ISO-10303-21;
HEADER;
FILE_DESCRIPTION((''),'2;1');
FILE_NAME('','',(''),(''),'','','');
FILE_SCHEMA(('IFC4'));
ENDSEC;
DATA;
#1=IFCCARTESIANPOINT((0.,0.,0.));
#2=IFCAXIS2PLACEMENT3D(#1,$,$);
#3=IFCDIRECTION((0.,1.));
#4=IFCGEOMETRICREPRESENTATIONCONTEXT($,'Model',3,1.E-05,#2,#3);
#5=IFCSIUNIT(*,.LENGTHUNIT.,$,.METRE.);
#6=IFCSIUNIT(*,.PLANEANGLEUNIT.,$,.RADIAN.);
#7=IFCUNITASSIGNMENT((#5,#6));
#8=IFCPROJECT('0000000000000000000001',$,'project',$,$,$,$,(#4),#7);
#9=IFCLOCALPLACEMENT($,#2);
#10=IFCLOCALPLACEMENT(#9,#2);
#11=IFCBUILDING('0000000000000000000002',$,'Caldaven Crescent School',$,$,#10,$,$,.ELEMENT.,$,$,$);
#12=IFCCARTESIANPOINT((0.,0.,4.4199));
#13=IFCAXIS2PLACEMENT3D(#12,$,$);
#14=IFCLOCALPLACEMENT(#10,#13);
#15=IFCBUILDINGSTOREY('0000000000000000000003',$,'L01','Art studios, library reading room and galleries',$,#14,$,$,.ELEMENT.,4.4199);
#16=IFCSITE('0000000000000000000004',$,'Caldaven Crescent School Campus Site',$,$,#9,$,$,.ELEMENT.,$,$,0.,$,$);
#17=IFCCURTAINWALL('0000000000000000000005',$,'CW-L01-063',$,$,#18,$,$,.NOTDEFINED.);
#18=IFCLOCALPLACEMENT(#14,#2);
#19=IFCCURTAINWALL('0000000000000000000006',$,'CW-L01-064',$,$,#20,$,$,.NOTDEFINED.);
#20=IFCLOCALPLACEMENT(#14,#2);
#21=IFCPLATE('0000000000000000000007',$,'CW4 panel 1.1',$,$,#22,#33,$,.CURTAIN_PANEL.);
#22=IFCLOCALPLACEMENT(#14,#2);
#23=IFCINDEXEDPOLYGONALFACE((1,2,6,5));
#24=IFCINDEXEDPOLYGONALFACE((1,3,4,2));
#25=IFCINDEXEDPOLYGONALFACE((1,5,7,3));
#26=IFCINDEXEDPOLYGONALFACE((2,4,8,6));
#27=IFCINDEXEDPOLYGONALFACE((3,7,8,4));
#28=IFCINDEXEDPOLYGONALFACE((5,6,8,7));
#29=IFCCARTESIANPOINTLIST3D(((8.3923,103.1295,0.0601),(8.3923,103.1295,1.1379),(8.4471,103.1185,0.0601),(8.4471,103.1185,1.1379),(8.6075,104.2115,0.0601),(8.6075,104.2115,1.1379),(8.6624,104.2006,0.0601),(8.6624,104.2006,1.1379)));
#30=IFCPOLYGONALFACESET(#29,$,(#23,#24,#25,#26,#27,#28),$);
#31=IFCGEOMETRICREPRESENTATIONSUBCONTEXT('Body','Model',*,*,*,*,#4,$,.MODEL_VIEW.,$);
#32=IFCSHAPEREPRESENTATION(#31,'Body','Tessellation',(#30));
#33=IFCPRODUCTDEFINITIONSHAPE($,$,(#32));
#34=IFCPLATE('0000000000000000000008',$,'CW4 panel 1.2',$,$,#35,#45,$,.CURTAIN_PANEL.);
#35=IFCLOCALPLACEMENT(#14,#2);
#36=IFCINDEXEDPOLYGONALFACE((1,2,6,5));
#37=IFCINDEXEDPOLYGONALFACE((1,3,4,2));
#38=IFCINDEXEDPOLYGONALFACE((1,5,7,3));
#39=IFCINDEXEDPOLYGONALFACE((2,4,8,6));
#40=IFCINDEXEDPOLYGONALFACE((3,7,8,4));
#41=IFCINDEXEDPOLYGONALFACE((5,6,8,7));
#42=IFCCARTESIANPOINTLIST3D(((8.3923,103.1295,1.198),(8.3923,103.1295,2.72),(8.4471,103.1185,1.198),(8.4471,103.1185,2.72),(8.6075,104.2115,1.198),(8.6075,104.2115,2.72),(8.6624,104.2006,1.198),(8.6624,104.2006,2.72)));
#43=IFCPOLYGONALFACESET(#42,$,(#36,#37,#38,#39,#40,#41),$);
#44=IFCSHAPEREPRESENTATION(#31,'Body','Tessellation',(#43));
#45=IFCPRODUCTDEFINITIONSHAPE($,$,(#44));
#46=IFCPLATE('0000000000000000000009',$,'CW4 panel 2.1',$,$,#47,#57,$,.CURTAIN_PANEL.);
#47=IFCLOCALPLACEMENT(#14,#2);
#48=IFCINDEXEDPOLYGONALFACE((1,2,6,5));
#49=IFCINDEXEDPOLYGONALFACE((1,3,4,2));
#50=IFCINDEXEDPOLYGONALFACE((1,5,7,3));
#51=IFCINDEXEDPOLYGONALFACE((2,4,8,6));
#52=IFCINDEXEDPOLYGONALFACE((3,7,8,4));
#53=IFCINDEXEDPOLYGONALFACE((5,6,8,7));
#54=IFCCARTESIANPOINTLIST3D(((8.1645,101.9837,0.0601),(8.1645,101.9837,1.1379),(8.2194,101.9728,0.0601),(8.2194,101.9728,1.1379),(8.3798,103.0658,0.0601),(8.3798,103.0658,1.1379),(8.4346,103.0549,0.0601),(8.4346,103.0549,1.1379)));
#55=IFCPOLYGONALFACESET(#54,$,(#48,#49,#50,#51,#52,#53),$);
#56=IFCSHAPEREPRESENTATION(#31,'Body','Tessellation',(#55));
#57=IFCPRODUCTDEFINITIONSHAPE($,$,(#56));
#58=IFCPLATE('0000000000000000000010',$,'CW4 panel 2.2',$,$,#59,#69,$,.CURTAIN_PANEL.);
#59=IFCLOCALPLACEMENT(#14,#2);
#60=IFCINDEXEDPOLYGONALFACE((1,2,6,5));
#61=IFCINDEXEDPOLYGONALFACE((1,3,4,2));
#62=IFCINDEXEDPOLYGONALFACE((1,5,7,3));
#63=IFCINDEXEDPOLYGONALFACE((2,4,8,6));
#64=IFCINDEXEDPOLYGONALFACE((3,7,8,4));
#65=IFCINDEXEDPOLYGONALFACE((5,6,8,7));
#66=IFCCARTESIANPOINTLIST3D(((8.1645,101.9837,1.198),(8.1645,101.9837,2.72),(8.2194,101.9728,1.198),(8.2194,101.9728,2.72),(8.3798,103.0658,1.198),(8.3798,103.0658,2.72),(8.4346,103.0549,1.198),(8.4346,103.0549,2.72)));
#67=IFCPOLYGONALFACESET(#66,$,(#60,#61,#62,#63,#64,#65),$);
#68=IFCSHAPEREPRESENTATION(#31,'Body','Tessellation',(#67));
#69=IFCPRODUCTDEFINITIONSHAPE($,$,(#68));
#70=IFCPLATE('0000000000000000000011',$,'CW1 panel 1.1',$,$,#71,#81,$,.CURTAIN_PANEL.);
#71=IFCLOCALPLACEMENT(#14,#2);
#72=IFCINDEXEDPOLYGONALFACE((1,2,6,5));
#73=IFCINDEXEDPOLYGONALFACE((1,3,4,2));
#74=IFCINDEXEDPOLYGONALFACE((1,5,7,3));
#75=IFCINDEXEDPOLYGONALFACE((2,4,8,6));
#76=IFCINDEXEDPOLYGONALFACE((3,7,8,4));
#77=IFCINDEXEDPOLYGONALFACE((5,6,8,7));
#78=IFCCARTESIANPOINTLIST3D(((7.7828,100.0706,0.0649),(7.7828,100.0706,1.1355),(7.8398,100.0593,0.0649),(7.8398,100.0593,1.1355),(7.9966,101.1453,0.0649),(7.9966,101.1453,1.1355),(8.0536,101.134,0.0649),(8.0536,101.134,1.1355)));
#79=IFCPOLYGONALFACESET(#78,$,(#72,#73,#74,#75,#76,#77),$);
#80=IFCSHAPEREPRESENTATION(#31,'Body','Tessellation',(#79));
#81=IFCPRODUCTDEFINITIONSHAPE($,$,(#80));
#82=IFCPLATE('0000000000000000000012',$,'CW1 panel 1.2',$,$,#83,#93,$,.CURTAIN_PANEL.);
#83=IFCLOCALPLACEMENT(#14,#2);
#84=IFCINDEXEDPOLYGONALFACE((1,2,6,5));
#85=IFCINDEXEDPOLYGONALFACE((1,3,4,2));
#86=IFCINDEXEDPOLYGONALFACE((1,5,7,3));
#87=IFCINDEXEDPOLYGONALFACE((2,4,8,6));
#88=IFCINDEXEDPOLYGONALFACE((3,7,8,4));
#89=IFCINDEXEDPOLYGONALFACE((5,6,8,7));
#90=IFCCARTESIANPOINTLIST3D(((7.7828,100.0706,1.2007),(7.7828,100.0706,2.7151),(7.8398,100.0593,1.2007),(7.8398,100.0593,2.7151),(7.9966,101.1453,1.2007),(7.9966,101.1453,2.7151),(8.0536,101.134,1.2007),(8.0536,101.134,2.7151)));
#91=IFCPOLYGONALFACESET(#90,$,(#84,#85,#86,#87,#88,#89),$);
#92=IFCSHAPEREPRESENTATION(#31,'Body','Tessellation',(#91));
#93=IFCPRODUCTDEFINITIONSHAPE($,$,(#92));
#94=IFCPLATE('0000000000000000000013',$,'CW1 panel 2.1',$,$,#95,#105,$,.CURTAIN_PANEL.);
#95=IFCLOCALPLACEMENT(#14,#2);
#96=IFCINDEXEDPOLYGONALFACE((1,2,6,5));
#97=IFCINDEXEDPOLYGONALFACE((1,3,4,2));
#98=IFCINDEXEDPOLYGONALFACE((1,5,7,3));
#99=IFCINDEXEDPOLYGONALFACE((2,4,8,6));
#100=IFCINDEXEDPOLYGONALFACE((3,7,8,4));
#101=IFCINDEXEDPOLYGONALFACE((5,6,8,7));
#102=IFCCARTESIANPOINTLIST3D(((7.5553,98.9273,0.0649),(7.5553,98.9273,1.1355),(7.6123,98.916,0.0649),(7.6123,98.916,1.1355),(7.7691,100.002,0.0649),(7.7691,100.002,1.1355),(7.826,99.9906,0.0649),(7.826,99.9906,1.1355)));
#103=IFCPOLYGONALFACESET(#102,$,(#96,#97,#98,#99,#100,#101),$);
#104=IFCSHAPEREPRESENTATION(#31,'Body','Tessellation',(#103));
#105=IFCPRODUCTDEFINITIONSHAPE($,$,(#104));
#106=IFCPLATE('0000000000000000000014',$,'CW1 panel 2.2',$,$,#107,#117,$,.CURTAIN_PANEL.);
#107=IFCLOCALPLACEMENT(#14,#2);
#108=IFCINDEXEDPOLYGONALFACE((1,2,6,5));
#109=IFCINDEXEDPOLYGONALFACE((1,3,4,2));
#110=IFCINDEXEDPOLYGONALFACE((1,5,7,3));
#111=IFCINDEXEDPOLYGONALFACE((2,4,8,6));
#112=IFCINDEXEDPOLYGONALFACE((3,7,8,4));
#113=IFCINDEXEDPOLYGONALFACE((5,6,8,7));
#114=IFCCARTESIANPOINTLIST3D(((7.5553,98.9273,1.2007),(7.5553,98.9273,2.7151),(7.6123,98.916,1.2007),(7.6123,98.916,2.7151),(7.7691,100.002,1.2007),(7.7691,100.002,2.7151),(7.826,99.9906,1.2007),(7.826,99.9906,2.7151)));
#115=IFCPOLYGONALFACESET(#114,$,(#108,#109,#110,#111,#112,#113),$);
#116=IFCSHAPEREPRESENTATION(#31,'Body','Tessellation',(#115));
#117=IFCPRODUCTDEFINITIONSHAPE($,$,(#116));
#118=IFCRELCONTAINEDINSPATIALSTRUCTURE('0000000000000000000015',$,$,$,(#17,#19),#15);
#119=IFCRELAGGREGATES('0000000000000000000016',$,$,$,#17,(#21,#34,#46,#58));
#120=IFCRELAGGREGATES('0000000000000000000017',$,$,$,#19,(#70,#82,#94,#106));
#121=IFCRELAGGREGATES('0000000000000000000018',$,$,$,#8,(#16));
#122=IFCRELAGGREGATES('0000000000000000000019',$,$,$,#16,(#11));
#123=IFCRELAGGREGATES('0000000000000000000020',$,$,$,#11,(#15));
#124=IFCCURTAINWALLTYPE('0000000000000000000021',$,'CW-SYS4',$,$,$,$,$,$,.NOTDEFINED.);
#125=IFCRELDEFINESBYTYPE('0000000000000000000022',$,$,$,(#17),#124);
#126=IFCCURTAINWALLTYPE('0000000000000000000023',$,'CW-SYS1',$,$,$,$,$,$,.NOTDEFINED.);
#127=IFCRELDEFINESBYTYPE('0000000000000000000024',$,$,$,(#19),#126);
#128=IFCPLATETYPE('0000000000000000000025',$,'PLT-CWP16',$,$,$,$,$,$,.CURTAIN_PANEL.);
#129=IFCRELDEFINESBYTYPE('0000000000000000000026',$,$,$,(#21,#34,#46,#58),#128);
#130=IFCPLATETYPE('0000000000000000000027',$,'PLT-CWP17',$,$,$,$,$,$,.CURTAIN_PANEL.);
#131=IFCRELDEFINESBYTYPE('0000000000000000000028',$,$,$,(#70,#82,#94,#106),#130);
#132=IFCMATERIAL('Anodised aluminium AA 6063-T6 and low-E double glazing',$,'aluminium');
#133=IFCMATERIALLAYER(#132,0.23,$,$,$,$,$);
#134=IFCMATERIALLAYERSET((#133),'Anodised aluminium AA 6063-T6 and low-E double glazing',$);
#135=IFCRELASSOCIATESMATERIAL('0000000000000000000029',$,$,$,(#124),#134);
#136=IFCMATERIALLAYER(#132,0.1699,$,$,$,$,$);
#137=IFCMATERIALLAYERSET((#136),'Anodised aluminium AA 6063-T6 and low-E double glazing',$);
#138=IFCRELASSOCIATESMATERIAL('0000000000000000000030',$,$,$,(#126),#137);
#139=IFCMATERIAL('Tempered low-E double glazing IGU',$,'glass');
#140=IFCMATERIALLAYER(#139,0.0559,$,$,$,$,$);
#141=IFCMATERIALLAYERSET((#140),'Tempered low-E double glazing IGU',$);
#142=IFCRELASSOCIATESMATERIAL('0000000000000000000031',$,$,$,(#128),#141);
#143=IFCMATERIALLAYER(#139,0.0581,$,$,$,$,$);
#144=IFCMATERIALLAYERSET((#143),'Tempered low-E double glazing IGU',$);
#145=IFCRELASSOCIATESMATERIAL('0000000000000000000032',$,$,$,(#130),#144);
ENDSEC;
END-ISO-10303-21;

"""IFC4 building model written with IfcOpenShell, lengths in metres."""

from ifc_helpers import new_model, si_unit, direction, frame, origin, origin_2d, place, context, subcontext, project, spatial, rectangle, extrude, material, layer, layer_set, type_object, element, aggregate, save


model = new_model("IFC4")

# Units and contexts
model_context = context("Model", 3, precision=1e-05, world=origin(), true_north=direction((0.0, 1.0)))
body_context = subcontext(model_context, "Body", "Model", "MODEL_VIEW")
ifc_project = project(units=[si_unit("LENGTHUNIT", "METRE"), si_unit("PLANEANGLEUNIT", "RADIAN")], contexts=[model_context])

# Site, building, storey
site_placement = place(None, origin())
site = spatial("IfcSite", under=ifc_project, at=site_placement, Name="Caldaven Crescent School Campus Site", CompositionType="ELEMENT", RefElevation=0.0)
building_placement = place(site_placement, origin())
building = spatial("IfcBuilding", under=site, at=building_placement, Name="Caldaven Crescent School", CompositionType="ELEMENT")
storey_placement = place(building_placement, frame((0.0, 0.0, 4.4199)))
storey = spatial("IfcBuildingStorey", under=building, at=storey_placement, Name="L01", Description="Art studios, library reading room and galleries", CompositionType="ELEMENT", Elevation=4.4199)

# Curtain walls
ifc_material_1 = material(Name="Anodised aluminium AA 6063-T6 and low-E double glazing", Category="aluminium")
ifc_layer_1 = layer(ifc_material_1, 0.23)
ifc_layer_set_1 = layer_set([ifc_layer_1], Name="Anodised aluminium AA 6063-T6 and low-E double glazing")
curtain_wall_type_1 = type_object("IfcCurtainWallType", Name="CW-SYS4", PredefinedType="NOTDEFINED", material=ifc_layer_set_1)
curtain_wall_1_placement = place(storey_placement, origin())
curtain_wall_1 = element("IfcCurtainWall", 1, at=curtain_wall_1_placement, inside=storey, type_object=curtain_wall_type_1, Name="CW-L01-063", PredefinedType="NOTDEFINED")
ifc_layer_2 = layer(ifc_material_1, 0.1699)
ifc_layer_set_2 = layer_set([ifc_layer_2], Name="Anodised aluminium AA 6063-T6 and low-E double glazing")
curtain_wall_type_2 = type_object("IfcCurtainWallType", Name="CW-SYS1", PredefinedType="NOTDEFINED", material=ifc_layer_set_2)
curtain_wall_2_placement = place(storey_placement, origin())
curtain_wall_2 = element("IfcCurtainWall", 2, at=curtain_wall_2_placement, inside=storey, type_object=curtain_wall_type_2, Name="CW-L01-064", PredefinedType="NOTDEFINED")

# Plates
ifc_material_2 = material(Name="Tempered low-E double glazing IGU", Category="glass")
ifc_layer_3 = layer(ifc_material_2, 0.0559)
ifc_layer_set_3 = layer_set([ifc_layer_3], Name="Tempered low-E double glazing IGU")
plate_type_1 = type_object("IfcPlateType", Name="PLT-CWP16", PredefinedType="CURTAIN_PANEL", material=ifc_layer_set_3)
plate_1_placement = place(storey_placement, frame((8.5273, 103.665, 0.0601), z_axis=(0.0, 0.0, 1.0), x_axis=(-0.195087, -0.980786, 0.0)))
plate_1 = element("IfcPlate", 3, at=plate_1_placement, type_object=plate_type_1, Name="CW4 panel 1.1", PredefinedType="CURTAIN_PANEL", context=body_context, shape_type="SweptSolid", body=[
    extrude(rectangle(XDim=1.1033, YDim=0.0559, at=origin_2d()), origin(), (0.0, 0.0, 1.0), 1.0779),
])
plate_2_placement = place(storey_placement, frame((8.5273, 103.665, 1.198), z_axis=(0.0, 0.0, 1.0), x_axis=(-0.195087, -0.980786, 0.0)))
plate_2 = element("IfcPlate", 4, at=plate_2_placement, type_object=plate_type_1, Name="CW4 panel 1.2", PredefinedType="CURTAIN_PANEL", context=body_context, shape_type="SweptSolid", body=[
    extrude(rectangle(XDim=1.1033, YDim=0.0559, at=origin_2d()), origin(), (0.0, 0.0, 1.0), 1.522),
])
plate_3_placement = place(storey_placement, frame((8.2996, 102.5193, 0.0601), z_axis=(0.0, 0.0, 1.0), x_axis=(-0.195087, -0.980786, 0.0)))
plate_3 = element("IfcPlate", 5, at=plate_3_placement, type_object=plate_type_1, Name="CW4 panel 2.1", PredefinedType="CURTAIN_PANEL", context=body_context, shape_type="SweptSolid", body=[
    extrude(rectangle(XDim=1.1033, YDim=0.0559, at=origin_2d()), origin(), (0.0, 0.0, 1.0), 1.0779),
])
plate_4_placement = place(storey_placement, frame((8.2996, 102.5193, 1.198), z_axis=(0.0, 0.0, 1.0), x_axis=(-0.195087, -0.980786, 0.0)))
plate_4 = element("IfcPlate", 6, at=plate_4_placement, type_object=plate_type_1, Name="CW4 panel 2.2", PredefinedType="CURTAIN_PANEL", context=body_context, shape_type="SweptSolid", body=[
    extrude(rectangle(XDim=1.1033, YDim=0.0559, at=origin_2d()), origin(), (0.0, 0.0, 1.0), 1.522),
])
aggregate(curtain_wall_1, [plate_1, plate_2, plate_3, plate_4])
ifc_layer_4 = layer(ifc_material_2, 0.0581)
ifc_layer_set_4 = layer_set([ifc_layer_4], Name="Tempered low-E double glazing IGU")
plate_type_2 = type_object("IfcPlateType", Name="PLT-CWP17", PredefinedType="CURTAIN_PANEL", material=ifc_layer_set_4)
plate_5_placement = place(storey_placement, frame((7.9182, 100.6023, 0.0649), z_axis=(0.0, 0.0, 1.0), x_axis=(-0.195091, -0.980785, 0.0)))
plate_5 = element("IfcPlate", 7, at=plate_5_placement, type_object=plate_type_2, Name="CW1 panel 1.1", PredefinedType="CURTAIN_PANEL", context=body_context, shape_type="SweptSolid", body=[
    extrude(rectangle(XDim=1.0957, YDim=0.0581, at=origin_2d()), origin(), (0.0, 0.0, 1.0), 1.0706),
])
plate_6_placement = place(storey_placement, frame((7.9182, 100.6023, 1.2007), z_axis=(0.0, 0.0, 1.0), x_axis=(-0.195091, -0.980785, 0.0)))
plate_6 = element("IfcPlate", 8, at=plate_6_placement, type_object=plate_type_2, Name="CW1 panel 1.2", PredefinedType="CURTAIN_PANEL", context=body_context, shape_type="SweptSolid", body=[
    extrude(rectangle(XDim=1.0957, YDim=0.0581, at=origin_2d()), origin(), (0.0, 0.0, 1.0), 1.5144),
])
plate_7_placement = place(storey_placement, frame((7.6907, 99.459, 0.0649), z_axis=(0.0, 0.0, 1.0), x_axis=(-0.195091, -0.980785, 0.0)))
plate_7 = element("IfcPlate", 9, at=plate_7_placement, type_object=plate_type_2, Name="CW1 panel 2.1", PredefinedType="CURTAIN_PANEL", context=body_context, shape_type="SweptSolid", body=[
    extrude(rectangle(XDim=1.0957, YDim=0.0581, at=origin_2d()), origin(), (0.0, 0.0, 1.0), 1.0706),
])
plate_8_placement = place(storey_placement, frame((7.6907, 99.459, 1.2007), z_axis=(0.0, 0.0, 1.0), x_axis=(-0.195091, -0.980785, 0.0)))
plate_8 = element("IfcPlate", 10, at=plate_8_placement, type_object=plate_type_2, Name="CW1 panel 2.2", PredefinedType="CURTAIN_PANEL", context=body_context, shape_type="SweptSolid", body=[
    extrude(rectangle(XDim=1.0957, YDim=0.0581, at=origin_2d()), origin(), (0.0, 0.0, 1.0), 1.5144),
])
aggregate(curtain_wall_2, [plate_5, plate_6, plate_7, plate_8])

save(model, "model.ifc")
